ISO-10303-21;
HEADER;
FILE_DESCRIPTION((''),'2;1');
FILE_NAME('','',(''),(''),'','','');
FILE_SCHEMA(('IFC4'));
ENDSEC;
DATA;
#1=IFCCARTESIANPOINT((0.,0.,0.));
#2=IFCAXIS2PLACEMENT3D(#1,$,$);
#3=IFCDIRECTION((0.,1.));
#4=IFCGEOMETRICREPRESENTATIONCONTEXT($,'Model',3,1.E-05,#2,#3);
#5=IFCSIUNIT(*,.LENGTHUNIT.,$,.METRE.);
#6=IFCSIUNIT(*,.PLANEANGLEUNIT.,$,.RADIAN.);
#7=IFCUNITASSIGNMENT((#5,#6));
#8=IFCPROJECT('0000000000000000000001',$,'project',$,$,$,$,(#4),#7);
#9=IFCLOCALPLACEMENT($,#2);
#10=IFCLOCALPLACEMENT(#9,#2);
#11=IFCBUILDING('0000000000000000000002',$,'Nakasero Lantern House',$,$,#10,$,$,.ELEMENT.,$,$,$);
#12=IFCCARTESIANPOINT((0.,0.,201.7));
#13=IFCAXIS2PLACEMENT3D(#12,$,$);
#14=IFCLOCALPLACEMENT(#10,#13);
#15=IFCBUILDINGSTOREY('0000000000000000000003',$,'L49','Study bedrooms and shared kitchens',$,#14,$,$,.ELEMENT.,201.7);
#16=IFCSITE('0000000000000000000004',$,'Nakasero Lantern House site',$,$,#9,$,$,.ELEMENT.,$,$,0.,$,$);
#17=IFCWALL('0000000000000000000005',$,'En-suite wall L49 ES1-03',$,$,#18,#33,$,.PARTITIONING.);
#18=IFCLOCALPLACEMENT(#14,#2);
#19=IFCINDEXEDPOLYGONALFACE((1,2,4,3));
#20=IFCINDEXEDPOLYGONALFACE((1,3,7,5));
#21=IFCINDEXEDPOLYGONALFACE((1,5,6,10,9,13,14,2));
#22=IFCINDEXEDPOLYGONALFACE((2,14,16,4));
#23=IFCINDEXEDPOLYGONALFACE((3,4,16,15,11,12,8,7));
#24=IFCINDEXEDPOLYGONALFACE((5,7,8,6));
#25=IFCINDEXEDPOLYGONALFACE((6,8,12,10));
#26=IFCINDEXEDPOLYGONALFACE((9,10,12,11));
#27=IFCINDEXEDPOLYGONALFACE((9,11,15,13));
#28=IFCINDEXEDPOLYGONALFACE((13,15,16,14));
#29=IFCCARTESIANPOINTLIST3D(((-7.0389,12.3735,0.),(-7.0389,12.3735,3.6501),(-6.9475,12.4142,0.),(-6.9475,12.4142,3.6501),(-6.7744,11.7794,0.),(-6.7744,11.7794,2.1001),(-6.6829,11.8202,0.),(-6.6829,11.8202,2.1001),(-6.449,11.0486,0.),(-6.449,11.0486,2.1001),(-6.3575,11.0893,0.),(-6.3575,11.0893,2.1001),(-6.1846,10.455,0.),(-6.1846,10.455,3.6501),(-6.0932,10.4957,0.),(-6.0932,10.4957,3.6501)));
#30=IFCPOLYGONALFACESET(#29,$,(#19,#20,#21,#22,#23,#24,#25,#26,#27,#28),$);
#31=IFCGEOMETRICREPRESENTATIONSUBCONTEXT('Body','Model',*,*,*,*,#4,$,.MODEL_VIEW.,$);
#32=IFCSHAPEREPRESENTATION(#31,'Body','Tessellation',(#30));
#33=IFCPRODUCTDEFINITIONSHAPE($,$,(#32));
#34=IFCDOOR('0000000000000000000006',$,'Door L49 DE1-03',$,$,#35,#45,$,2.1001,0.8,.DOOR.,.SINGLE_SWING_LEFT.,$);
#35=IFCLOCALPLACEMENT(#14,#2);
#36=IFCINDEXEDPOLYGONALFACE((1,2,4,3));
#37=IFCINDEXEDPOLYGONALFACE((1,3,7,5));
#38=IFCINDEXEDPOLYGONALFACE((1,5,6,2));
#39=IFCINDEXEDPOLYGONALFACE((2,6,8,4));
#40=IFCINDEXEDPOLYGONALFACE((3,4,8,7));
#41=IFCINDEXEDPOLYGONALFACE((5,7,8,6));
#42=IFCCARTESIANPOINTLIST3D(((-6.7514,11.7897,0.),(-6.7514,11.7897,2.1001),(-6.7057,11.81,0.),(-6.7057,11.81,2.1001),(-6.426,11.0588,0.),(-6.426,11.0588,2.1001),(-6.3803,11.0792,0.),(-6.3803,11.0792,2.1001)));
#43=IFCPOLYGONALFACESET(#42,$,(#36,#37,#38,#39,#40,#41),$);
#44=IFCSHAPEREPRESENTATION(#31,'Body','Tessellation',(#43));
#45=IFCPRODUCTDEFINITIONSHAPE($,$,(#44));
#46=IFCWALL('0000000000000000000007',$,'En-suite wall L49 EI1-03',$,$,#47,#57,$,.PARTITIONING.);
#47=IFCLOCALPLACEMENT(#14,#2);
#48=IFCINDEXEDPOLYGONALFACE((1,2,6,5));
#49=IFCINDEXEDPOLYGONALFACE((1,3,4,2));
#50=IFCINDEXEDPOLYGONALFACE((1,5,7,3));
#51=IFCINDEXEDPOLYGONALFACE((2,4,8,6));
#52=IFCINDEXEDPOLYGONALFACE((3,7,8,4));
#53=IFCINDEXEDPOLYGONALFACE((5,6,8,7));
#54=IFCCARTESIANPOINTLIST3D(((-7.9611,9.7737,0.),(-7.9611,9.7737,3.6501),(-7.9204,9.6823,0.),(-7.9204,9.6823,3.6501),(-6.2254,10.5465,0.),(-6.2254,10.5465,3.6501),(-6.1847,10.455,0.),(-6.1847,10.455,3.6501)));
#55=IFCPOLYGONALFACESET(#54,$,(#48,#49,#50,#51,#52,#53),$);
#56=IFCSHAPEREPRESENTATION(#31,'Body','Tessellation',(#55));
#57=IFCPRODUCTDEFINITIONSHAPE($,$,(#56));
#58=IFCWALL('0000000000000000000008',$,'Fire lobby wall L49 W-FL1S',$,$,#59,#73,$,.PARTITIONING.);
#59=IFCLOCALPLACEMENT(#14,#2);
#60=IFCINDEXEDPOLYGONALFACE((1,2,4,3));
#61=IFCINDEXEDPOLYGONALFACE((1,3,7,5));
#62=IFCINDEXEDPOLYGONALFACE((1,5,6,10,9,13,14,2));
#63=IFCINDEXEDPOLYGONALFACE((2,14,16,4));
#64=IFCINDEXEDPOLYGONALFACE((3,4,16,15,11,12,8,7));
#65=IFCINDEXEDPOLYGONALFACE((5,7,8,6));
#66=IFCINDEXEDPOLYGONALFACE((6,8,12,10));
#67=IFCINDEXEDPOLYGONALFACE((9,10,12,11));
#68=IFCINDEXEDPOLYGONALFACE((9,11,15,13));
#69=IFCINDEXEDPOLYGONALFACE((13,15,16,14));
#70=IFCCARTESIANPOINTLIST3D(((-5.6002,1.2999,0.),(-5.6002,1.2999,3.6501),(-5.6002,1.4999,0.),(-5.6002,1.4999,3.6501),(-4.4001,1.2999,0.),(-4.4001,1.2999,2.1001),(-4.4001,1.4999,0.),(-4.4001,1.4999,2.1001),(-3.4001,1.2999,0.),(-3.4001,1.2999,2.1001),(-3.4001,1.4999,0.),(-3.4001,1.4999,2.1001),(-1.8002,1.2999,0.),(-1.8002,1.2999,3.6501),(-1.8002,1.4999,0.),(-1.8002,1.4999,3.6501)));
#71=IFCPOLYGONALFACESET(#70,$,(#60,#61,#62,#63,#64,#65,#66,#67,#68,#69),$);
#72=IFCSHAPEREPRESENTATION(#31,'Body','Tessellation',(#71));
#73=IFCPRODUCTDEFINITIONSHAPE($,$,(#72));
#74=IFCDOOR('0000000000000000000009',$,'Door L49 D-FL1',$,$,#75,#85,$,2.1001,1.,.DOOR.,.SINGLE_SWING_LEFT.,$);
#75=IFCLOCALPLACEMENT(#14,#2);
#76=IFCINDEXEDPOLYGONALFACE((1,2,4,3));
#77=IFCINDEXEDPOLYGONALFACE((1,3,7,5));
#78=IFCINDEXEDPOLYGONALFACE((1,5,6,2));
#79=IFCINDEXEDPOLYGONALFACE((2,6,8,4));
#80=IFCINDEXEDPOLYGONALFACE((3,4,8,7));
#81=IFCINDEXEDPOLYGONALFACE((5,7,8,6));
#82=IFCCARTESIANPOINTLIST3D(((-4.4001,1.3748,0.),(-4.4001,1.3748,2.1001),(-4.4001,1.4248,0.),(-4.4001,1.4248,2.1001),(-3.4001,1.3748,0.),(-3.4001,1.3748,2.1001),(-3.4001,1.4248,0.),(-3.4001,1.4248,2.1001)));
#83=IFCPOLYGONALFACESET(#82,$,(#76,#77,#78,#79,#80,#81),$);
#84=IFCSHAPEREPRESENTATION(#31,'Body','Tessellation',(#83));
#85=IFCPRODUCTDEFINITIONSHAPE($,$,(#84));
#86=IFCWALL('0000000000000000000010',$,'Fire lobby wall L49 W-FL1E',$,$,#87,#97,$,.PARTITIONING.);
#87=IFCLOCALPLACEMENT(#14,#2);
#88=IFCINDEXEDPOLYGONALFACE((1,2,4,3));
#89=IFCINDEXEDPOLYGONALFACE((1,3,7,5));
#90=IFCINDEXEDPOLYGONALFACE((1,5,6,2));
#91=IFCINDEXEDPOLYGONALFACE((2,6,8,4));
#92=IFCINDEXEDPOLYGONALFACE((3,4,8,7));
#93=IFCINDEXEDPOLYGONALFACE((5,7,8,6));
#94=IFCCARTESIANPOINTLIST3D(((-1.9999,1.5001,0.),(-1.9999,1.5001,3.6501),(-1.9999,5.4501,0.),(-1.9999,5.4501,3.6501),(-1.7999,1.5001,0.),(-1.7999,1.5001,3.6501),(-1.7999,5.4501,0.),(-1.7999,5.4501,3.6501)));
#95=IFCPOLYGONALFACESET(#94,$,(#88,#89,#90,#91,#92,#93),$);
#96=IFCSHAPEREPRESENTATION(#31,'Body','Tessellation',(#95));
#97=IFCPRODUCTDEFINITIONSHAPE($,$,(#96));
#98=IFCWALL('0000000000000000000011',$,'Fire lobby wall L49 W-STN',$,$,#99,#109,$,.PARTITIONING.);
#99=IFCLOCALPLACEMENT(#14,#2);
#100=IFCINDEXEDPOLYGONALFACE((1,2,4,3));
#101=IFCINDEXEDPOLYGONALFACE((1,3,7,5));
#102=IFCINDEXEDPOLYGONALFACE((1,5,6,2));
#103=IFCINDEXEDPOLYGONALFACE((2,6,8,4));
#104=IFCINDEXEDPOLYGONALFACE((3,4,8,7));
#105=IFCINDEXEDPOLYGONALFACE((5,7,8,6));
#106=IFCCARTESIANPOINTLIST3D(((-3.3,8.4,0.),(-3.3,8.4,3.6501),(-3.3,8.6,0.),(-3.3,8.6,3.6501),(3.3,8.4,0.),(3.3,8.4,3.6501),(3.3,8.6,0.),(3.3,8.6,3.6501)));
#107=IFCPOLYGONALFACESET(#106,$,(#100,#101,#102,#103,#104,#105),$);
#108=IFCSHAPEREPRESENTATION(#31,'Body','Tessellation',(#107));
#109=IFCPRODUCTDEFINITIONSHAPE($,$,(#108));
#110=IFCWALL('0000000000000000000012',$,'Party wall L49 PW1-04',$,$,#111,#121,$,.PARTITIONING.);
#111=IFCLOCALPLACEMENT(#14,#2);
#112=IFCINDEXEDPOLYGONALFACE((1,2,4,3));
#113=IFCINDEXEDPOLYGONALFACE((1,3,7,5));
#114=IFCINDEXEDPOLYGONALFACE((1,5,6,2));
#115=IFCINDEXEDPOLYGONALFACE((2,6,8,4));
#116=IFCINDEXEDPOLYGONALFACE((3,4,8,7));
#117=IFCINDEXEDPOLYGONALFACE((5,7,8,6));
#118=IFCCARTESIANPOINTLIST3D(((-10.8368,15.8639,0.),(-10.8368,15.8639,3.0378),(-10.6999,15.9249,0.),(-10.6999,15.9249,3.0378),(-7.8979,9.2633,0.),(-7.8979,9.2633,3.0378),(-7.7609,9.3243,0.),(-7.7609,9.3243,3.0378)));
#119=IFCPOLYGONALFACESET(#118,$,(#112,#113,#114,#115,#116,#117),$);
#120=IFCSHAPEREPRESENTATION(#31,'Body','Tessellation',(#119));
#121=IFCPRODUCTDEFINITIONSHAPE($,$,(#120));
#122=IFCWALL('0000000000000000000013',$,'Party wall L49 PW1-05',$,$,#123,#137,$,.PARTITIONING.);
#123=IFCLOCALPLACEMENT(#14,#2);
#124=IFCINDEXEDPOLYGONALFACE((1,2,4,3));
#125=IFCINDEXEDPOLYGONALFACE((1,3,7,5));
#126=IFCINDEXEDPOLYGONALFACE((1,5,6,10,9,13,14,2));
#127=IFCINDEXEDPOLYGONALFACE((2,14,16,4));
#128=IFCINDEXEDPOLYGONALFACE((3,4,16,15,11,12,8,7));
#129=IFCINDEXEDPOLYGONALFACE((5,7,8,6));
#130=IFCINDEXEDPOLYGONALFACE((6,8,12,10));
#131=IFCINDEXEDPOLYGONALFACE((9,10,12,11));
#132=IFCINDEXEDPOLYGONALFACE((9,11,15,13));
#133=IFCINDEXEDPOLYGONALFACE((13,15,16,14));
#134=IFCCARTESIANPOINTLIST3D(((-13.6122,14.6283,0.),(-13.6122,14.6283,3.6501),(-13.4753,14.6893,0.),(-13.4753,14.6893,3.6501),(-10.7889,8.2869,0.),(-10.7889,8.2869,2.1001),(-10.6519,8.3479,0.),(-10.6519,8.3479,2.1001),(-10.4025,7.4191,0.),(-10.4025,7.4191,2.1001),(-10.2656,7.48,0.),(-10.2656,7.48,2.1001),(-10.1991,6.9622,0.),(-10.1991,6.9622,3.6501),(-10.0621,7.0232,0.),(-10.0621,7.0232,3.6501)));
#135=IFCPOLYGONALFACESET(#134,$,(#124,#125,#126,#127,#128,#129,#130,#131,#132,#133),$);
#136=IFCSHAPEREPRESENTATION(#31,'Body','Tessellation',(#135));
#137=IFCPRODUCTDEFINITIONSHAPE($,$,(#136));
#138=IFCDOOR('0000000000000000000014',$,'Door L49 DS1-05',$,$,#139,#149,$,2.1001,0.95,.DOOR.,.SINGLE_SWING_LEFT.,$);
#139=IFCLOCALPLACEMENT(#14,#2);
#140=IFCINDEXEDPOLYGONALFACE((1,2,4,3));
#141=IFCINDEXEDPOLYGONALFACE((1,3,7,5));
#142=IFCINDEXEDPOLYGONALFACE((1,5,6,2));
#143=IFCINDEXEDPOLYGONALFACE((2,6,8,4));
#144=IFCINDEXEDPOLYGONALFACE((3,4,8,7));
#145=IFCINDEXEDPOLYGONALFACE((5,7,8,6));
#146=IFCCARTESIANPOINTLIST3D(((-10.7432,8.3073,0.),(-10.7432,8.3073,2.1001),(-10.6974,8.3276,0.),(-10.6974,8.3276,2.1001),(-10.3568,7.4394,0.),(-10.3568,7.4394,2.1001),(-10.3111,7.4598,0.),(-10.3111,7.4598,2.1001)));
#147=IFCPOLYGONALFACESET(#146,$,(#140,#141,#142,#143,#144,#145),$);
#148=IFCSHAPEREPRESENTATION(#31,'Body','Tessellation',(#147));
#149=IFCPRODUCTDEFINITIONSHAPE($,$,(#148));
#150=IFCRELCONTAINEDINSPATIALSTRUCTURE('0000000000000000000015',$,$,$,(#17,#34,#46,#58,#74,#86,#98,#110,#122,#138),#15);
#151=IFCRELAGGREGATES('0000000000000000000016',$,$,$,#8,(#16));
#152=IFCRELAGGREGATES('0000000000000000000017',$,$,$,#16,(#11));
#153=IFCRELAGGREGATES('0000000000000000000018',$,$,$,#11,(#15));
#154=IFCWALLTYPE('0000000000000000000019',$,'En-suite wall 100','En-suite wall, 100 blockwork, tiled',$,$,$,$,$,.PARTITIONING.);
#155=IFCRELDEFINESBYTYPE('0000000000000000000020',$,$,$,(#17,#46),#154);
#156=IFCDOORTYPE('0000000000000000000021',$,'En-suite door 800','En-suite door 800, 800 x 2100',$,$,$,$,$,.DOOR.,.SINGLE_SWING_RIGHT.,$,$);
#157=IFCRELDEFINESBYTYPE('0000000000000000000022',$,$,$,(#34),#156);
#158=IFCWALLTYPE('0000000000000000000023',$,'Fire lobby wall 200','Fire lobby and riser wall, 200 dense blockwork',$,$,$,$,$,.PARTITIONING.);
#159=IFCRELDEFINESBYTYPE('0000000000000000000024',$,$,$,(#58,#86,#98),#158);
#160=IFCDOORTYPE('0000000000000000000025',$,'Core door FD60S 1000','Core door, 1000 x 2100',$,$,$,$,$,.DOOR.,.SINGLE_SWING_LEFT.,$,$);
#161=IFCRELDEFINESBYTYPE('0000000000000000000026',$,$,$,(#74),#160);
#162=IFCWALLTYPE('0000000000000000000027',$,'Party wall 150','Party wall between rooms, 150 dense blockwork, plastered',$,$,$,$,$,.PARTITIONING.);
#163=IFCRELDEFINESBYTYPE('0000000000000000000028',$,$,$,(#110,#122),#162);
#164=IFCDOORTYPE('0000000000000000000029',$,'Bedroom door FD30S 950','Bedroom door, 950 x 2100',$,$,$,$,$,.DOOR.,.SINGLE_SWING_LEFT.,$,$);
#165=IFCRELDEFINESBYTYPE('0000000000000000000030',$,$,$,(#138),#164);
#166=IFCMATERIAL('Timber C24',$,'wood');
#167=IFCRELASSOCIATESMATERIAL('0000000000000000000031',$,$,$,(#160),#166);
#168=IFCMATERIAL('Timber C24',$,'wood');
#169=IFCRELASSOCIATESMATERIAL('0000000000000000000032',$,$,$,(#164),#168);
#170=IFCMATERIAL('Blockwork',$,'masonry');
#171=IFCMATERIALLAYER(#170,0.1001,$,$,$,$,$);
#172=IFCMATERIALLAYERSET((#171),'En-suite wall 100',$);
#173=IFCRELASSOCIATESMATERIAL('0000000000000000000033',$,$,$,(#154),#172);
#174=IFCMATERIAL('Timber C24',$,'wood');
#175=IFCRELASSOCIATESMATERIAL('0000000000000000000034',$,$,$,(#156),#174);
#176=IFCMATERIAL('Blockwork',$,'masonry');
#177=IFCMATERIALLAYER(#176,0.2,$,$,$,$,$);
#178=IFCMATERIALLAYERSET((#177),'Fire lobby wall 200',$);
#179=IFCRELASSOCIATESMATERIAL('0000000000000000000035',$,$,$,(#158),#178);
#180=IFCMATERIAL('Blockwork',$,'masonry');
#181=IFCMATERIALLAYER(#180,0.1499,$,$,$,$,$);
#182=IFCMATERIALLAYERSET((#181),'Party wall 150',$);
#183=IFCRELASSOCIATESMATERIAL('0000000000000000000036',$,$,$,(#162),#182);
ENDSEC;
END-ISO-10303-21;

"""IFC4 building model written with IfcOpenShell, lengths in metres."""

from ifc_helpers import new_model, si_unit, direction, frame, frame_2d, origin, place, context, subcontext, project, spatial, rectangle, extrude, material, layer, layer_set, type_object, element, fill, save


model = new_model("IFC4")

# Units and contexts
model_context = context("Model", 3, precision=1e-05, world=origin(), true_north=direction((0.0, 1.0)))
body_context = subcontext(model_context, "Body", "Model", "MODEL_VIEW")
ifc_project = project(units=[si_unit("LENGTHUNIT", "METRE"), si_unit("PLANEANGLEUNIT", "RADIAN")], contexts=[model_context])

# Site, building, storey
site_placement = place(None, origin())
site = spatial("IfcSite", under=ifc_project, at=site_placement, Name="Nakasero Lantern House site", CompositionType="ELEMENT", RefElevation=0.0)
building_placement = place(site_placement, origin())
building = spatial("IfcBuilding", under=site, at=building_placement, Name="Nakasero Lantern House", CompositionType="ELEMENT")
storey_placement = place(building_placement, frame((0.0, 0.0, 201.7)))
storey = spatial("IfcBuildingStorey", under=building, at=storey_placement, Name="L49", Description="Study bedrooms and shared kitchens", CompositionType="ELEMENT", Elevation=201.7)

# Shared definitions
ifc_material_1 = material(Name="Timber C24", Category="wood")
door_type_1 = type_object("IfcDoorType", Name="Core door FD60S 1000", Description="Core door, 1000 x 2100", OperationType="SINGLE_SWING_LEFT", PredefinedType="DOOR", material=ifc_material_1)

# Wall, opening, door
ifc_material_2 = material(Name="Timber C24", Category="wood")
door_type_2 = type_object("IfcDoorType", Name="Bedroom door FD30S 950", Description="Bedroom door, 950 x 2100", OperationType="SINGLE_SWING_LEFT", PredefinedType="DOOR", material=ifc_material_2)
ifc_material_3 = material(Name="Blockwork", Category="masonry")
ifc_layer_1 = layer(ifc_material_3, 0.1001)
ifc_layer_set_1 = layer_set([ifc_layer_1], Name="En-suite wall 100")
wall_type_1 = type_object("IfcWallType", Name="En-suite wall 100", Description="En-suite wall, 100 blockwork, tiled", PredefinedType="PARTITIONING", material=ifc_layer_set_1)
wall_1_placement = place(storey_placement, frame((-6.1389, 10.4753, 0.0), z_axis=(0.0, 0.0, 1.0), x_axis=(-0.406775, 0.913528, 0.0)))
wall_1 = element("IfcWall", 1, at=wall_1_placement, inside=storey, type_object=wall_type_1, Name="En-suite wall L49 ES1-03", PredefinedType="PARTITIONING", context=body_context, shape_type="SweptSolid", body=[
    extrude(rectangle(XDim=2.1001, YDim=0.1001, at=frame_2d((1.05, 0.0))), origin(), (0.0, 0.0, 1.0), 3.6501),
])
opening_1_placement = place(wall_1_placement, frame((0.6499, 0.0, 0.0)))
opening_1 = element("IfcOpeningElement", 2, at=opening_1_placement, cuts=wall_1, PredefinedType="OPENING", context=body_context, shape_type="SweptSolid", body=[
    extrude(rectangle(XDim=0.8, YDim=2.1001, at=frame_2d((0.3999, 1.05))), frame((0.0, 0.0701, 0.0), z_axis=(0.0, -1.0, 0.0), x_axis=(1.0, 0.0, 0.0)), (0.0, 0.0, 1.0), 0.1401),
])
ifc_material_4 = material(Name="Timber C24", Category="wood")
door_type_3 = type_object("IfcDoorType", Name="En-suite door 800", Description="En-suite door 800, 800 x 2100", OperationType="SINGLE_SWING_RIGHT", PredefinedType="DOOR", material=ifc_material_4)
door_1_placement = place(opening_1_placement, origin())
door_1 = element("IfcDoor", 3, at=door_1_placement, inside=storey, type_object=door_type_3, Name="Door L49 DE1-03", OperationType="SINGLE_SWING_LEFT", OverallHeight=2.1001, OverallWidth=0.8, PredefinedType="DOOR", context=body_context, shape_type="SweptSolid", body=[
    extrude(rectangle(XDim=0.8, YDim=2.1001, at=frame_2d((0.3999, 1.05))), frame((0.0, 0.0249, 0.0), z_axis=(0.0, -1.0, 0.0), x_axis=(1.0, 0.0, 0.0)), (0.0, 0.0, 1.0), 0.05),
])
fill(opening_1, door_1)

# Wall
wall_2_placement = place(storey_placement, frame((-6.2051, 10.5007, 0.0), z_axis=(0.0, 0.0, 1.0), x_axis=(-0.913552, -0.406723, 0.0)))
element("IfcWall", 4, at=wall_2_placement, inside=storey, type_object=wall_type_1, Name="En-suite wall L49 EI1-03", PredefinedType="PARTITIONING", context=body_context, shape_type="SweptSolid", body=[
    extrude(rectangle(XDim=1.8999, YDim=0.1001, at=frame_2d((0.95, 0.0))), origin(), (0.0, 0.0, 1.0), 3.6501),
])

# Wall, opening, door
ifc_material_5 = material(Name="Blockwork", Category="masonry")
ifc_layer_2 = layer(ifc_material_5, 0.2)
ifc_layer_set_2 = layer_set([ifc_layer_2], Name="Fire lobby wall 200")
wall_type_2 = type_object("IfcWallType", Name="Fire lobby wall 200", Description="Fire lobby and riser wall, 200 dense blockwork", PredefinedType="PARTITIONING", material=ifc_layer_set_2)
wall_3_placement = place(storey_placement, frame((-5.6001, 1.3999, 0.0), z_axis=(0.0, 0.0, 1.0), x_axis=(1.0, 0.0, 0.0)))
wall_3 = element("IfcWall", 5, at=wall_3_placement, inside=storey, type_object=wall_type_2, Name="Fire lobby wall L49 W-FL1S", PredefinedType="PARTITIONING", context=body_context, shape_type="SweptSolid", body=[
    extrude(rectangle(XDim=3.8, YDim=0.2, at=frame_2d((1.8999, 0.0))), origin(), (0.0, 0.0, 1.0), 3.6501),
])
opening_2_placement = place(wall_3_placement, frame((1.2, 0.0, 0.0)))
opening_2 = element("IfcOpeningElement", 6, at=opening_2_placement, cuts=wall_3, PredefinedType="OPENING", context=body_context, shape_type="SweptSolid", body=[
    extrude(rectangle(XDim=1.0, YDim=2.1001, at=frame_2d((0.5, 1.05))), frame((0.0, 0.1199, 0.0), z_axis=(0.0, -1.0, 0.0), x_axis=(1.0, 0.0, 0.0)), (0.0, 0.0, 1.0), 0.24),
])
door_2_placement = place(opening_2_placement, origin())
door_2 = element("IfcDoor", 7, at=door_2_placement, inside=storey, type_object=door_type_1, Name="Door L49 D-FL1", OperationType="SINGLE_SWING_LEFT", OverallHeight=2.1001, OverallWidth=1.0, PredefinedType="DOOR", context=body_context, shape_type="SweptSolid", body=[
    extrude(rectangle(XDim=1.0, YDim=2.1001, at=frame_2d((0.5, 1.05))), frame((0.0, 0.0249, 0.0), z_axis=(0.0, -1.0, 0.0), x_axis=(1.0, 0.0, 0.0)), (0.0, 0.0, 1.0), 0.05),
])
fill(opening_2, door_2)

# Walls
wall_4_placement = place(storey_placement, frame((-1.8999, 1.5, 0.0), z_axis=(0.0, 0.0, 1.0), x_axis=(0.0, 1.0, 0.0)))
element("IfcWall", 8, at=wall_4_placement, inside=storey, type_object=wall_type_2, Name="Fire lobby wall L49 W-FL1E", PredefinedType="PARTITIONING", context=body_context, shape_type="SweptSolid", body=[
    extrude(rectangle(XDim=3.95, YDim=0.2, at=frame_2d((1.9751, 0.0))), origin(), (0.0, 0.0, 1.0), 3.6501),
])
wall_5_placement = place(storey_placement, frame((-3.3, 8.5, 0.0), z_axis=(0.0, 0.0, 1.0), x_axis=(1.0, 0.0, 0.0)))
element("IfcWall", 9, at=wall_5_placement, inside=storey, type_object=wall_type_2, Name="Fire lobby wall L49 W-STN", PredefinedType="PARTITIONING", context=body_context, shape_type="SweptSolid", body=[
    extrude(rectangle(XDim=6.6001, YDim=0.2, at=frame_2d((3.3, 0.0))), origin(), (0.0, 0.0, 1.0), 3.6501),
])
ifc_material_6 = material(Name="Blockwork", Category="masonry")
ifc_layer_3 = layer(ifc_material_6, 0.1499)
ifc_layer_set_3 = layer_set([ifc_layer_3], Name="Party wall 150")
wall_type_3 = type_object("IfcWallType", Name="Party wall 150", Description="Party wall between rooms, 150 dense blockwork, plastered", PredefinedType="PARTITIONING", material=ifc_layer_set_3)
wall_6_placement = place(storey_placement, frame((-7.8293, 9.2937, 0.0), z_axis=(0.0, 0.0, 1.0), x_axis=(-0.406759, 0.913535, 0.0)))
element("IfcWall", 10, at=wall_6_placement, inside=storey, type_object=wall_type_3, Name="Party wall L49 PW1-04", PredefinedType="PARTITIONING", context=body_context, shape_type="SweptSolid", body=[
    extrude(rectangle(XDim=7.2253, YDim=0.1499, at=frame_2d((3.6128, 0.0))), origin(), (0.0, 0.0, 1.0), 3.0378),
])

# Wall, opening, door
wall_7_placement = place(storey_placement, frame((-10.1306, 6.9927, 0.0), z_axis=(0.0, 0.0, 1.0), x_axis=(-0.406732, 0.913547, 0.0)))
wall_7 = element("IfcWall", 11, at=wall_7_placement, inside=storey, type_object=wall_type_3, Name="Party wall L49 PW1-05", PredefinedType="PARTITIONING", context=body_context, shape_type="SweptSolid", body=[
    extrude(rectangle(XDim=8.3916, YDim=0.1499, at=frame_2d((4.1958, 0.0))), origin(), (0.0, 0.0, 1.0), 3.6501),
])
opening_3_placement = place(wall_7_placement, frame((0.5, 0.0, 0.0)))
opening_3 = element("IfcOpeningElement", 12, at=opening_3_placement, cuts=wall_7, PredefinedType="OPENING", context=body_context, shape_type="SweptSolid", body=[
    extrude(rectangle(XDim=0.95, YDim=2.1001, at=frame_2d((0.4751, 1.05))), frame((0.0, 0.095, 0.0), z_axis=(0.0, -1.0, 0.0), x_axis=(1.0, 0.0, 0.0)), (0.0, 0.0, 1.0), 0.1899),
])
door_3_placement = place(opening_3_placement, origin())
door_3 = element("IfcDoor", 13, at=door_3_placement, inside=storey, type_object=door_type_2, Name="Door L49 DS1-05", OperationType="SINGLE_SWING_LEFT", OverallHeight=2.1001, OverallWidth=0.95, PredefinedType="DOOR", context=body_context, shape_type="SweptSolid", body=[
    extrude(rectangle(XDim=0.95, YDim=2.1001, at=frame_2d((0.4751, 1.05))), frame((0.0, 0.0249, 0.0), z_axis=(0.0, -1.0, 0.0), x_axis=(1.0, 0.0, 0.0)), (0.0, 0.0, 1.0), 0.05),
])
fill(opening_3, door_3)

save(model, "model.ifc")
